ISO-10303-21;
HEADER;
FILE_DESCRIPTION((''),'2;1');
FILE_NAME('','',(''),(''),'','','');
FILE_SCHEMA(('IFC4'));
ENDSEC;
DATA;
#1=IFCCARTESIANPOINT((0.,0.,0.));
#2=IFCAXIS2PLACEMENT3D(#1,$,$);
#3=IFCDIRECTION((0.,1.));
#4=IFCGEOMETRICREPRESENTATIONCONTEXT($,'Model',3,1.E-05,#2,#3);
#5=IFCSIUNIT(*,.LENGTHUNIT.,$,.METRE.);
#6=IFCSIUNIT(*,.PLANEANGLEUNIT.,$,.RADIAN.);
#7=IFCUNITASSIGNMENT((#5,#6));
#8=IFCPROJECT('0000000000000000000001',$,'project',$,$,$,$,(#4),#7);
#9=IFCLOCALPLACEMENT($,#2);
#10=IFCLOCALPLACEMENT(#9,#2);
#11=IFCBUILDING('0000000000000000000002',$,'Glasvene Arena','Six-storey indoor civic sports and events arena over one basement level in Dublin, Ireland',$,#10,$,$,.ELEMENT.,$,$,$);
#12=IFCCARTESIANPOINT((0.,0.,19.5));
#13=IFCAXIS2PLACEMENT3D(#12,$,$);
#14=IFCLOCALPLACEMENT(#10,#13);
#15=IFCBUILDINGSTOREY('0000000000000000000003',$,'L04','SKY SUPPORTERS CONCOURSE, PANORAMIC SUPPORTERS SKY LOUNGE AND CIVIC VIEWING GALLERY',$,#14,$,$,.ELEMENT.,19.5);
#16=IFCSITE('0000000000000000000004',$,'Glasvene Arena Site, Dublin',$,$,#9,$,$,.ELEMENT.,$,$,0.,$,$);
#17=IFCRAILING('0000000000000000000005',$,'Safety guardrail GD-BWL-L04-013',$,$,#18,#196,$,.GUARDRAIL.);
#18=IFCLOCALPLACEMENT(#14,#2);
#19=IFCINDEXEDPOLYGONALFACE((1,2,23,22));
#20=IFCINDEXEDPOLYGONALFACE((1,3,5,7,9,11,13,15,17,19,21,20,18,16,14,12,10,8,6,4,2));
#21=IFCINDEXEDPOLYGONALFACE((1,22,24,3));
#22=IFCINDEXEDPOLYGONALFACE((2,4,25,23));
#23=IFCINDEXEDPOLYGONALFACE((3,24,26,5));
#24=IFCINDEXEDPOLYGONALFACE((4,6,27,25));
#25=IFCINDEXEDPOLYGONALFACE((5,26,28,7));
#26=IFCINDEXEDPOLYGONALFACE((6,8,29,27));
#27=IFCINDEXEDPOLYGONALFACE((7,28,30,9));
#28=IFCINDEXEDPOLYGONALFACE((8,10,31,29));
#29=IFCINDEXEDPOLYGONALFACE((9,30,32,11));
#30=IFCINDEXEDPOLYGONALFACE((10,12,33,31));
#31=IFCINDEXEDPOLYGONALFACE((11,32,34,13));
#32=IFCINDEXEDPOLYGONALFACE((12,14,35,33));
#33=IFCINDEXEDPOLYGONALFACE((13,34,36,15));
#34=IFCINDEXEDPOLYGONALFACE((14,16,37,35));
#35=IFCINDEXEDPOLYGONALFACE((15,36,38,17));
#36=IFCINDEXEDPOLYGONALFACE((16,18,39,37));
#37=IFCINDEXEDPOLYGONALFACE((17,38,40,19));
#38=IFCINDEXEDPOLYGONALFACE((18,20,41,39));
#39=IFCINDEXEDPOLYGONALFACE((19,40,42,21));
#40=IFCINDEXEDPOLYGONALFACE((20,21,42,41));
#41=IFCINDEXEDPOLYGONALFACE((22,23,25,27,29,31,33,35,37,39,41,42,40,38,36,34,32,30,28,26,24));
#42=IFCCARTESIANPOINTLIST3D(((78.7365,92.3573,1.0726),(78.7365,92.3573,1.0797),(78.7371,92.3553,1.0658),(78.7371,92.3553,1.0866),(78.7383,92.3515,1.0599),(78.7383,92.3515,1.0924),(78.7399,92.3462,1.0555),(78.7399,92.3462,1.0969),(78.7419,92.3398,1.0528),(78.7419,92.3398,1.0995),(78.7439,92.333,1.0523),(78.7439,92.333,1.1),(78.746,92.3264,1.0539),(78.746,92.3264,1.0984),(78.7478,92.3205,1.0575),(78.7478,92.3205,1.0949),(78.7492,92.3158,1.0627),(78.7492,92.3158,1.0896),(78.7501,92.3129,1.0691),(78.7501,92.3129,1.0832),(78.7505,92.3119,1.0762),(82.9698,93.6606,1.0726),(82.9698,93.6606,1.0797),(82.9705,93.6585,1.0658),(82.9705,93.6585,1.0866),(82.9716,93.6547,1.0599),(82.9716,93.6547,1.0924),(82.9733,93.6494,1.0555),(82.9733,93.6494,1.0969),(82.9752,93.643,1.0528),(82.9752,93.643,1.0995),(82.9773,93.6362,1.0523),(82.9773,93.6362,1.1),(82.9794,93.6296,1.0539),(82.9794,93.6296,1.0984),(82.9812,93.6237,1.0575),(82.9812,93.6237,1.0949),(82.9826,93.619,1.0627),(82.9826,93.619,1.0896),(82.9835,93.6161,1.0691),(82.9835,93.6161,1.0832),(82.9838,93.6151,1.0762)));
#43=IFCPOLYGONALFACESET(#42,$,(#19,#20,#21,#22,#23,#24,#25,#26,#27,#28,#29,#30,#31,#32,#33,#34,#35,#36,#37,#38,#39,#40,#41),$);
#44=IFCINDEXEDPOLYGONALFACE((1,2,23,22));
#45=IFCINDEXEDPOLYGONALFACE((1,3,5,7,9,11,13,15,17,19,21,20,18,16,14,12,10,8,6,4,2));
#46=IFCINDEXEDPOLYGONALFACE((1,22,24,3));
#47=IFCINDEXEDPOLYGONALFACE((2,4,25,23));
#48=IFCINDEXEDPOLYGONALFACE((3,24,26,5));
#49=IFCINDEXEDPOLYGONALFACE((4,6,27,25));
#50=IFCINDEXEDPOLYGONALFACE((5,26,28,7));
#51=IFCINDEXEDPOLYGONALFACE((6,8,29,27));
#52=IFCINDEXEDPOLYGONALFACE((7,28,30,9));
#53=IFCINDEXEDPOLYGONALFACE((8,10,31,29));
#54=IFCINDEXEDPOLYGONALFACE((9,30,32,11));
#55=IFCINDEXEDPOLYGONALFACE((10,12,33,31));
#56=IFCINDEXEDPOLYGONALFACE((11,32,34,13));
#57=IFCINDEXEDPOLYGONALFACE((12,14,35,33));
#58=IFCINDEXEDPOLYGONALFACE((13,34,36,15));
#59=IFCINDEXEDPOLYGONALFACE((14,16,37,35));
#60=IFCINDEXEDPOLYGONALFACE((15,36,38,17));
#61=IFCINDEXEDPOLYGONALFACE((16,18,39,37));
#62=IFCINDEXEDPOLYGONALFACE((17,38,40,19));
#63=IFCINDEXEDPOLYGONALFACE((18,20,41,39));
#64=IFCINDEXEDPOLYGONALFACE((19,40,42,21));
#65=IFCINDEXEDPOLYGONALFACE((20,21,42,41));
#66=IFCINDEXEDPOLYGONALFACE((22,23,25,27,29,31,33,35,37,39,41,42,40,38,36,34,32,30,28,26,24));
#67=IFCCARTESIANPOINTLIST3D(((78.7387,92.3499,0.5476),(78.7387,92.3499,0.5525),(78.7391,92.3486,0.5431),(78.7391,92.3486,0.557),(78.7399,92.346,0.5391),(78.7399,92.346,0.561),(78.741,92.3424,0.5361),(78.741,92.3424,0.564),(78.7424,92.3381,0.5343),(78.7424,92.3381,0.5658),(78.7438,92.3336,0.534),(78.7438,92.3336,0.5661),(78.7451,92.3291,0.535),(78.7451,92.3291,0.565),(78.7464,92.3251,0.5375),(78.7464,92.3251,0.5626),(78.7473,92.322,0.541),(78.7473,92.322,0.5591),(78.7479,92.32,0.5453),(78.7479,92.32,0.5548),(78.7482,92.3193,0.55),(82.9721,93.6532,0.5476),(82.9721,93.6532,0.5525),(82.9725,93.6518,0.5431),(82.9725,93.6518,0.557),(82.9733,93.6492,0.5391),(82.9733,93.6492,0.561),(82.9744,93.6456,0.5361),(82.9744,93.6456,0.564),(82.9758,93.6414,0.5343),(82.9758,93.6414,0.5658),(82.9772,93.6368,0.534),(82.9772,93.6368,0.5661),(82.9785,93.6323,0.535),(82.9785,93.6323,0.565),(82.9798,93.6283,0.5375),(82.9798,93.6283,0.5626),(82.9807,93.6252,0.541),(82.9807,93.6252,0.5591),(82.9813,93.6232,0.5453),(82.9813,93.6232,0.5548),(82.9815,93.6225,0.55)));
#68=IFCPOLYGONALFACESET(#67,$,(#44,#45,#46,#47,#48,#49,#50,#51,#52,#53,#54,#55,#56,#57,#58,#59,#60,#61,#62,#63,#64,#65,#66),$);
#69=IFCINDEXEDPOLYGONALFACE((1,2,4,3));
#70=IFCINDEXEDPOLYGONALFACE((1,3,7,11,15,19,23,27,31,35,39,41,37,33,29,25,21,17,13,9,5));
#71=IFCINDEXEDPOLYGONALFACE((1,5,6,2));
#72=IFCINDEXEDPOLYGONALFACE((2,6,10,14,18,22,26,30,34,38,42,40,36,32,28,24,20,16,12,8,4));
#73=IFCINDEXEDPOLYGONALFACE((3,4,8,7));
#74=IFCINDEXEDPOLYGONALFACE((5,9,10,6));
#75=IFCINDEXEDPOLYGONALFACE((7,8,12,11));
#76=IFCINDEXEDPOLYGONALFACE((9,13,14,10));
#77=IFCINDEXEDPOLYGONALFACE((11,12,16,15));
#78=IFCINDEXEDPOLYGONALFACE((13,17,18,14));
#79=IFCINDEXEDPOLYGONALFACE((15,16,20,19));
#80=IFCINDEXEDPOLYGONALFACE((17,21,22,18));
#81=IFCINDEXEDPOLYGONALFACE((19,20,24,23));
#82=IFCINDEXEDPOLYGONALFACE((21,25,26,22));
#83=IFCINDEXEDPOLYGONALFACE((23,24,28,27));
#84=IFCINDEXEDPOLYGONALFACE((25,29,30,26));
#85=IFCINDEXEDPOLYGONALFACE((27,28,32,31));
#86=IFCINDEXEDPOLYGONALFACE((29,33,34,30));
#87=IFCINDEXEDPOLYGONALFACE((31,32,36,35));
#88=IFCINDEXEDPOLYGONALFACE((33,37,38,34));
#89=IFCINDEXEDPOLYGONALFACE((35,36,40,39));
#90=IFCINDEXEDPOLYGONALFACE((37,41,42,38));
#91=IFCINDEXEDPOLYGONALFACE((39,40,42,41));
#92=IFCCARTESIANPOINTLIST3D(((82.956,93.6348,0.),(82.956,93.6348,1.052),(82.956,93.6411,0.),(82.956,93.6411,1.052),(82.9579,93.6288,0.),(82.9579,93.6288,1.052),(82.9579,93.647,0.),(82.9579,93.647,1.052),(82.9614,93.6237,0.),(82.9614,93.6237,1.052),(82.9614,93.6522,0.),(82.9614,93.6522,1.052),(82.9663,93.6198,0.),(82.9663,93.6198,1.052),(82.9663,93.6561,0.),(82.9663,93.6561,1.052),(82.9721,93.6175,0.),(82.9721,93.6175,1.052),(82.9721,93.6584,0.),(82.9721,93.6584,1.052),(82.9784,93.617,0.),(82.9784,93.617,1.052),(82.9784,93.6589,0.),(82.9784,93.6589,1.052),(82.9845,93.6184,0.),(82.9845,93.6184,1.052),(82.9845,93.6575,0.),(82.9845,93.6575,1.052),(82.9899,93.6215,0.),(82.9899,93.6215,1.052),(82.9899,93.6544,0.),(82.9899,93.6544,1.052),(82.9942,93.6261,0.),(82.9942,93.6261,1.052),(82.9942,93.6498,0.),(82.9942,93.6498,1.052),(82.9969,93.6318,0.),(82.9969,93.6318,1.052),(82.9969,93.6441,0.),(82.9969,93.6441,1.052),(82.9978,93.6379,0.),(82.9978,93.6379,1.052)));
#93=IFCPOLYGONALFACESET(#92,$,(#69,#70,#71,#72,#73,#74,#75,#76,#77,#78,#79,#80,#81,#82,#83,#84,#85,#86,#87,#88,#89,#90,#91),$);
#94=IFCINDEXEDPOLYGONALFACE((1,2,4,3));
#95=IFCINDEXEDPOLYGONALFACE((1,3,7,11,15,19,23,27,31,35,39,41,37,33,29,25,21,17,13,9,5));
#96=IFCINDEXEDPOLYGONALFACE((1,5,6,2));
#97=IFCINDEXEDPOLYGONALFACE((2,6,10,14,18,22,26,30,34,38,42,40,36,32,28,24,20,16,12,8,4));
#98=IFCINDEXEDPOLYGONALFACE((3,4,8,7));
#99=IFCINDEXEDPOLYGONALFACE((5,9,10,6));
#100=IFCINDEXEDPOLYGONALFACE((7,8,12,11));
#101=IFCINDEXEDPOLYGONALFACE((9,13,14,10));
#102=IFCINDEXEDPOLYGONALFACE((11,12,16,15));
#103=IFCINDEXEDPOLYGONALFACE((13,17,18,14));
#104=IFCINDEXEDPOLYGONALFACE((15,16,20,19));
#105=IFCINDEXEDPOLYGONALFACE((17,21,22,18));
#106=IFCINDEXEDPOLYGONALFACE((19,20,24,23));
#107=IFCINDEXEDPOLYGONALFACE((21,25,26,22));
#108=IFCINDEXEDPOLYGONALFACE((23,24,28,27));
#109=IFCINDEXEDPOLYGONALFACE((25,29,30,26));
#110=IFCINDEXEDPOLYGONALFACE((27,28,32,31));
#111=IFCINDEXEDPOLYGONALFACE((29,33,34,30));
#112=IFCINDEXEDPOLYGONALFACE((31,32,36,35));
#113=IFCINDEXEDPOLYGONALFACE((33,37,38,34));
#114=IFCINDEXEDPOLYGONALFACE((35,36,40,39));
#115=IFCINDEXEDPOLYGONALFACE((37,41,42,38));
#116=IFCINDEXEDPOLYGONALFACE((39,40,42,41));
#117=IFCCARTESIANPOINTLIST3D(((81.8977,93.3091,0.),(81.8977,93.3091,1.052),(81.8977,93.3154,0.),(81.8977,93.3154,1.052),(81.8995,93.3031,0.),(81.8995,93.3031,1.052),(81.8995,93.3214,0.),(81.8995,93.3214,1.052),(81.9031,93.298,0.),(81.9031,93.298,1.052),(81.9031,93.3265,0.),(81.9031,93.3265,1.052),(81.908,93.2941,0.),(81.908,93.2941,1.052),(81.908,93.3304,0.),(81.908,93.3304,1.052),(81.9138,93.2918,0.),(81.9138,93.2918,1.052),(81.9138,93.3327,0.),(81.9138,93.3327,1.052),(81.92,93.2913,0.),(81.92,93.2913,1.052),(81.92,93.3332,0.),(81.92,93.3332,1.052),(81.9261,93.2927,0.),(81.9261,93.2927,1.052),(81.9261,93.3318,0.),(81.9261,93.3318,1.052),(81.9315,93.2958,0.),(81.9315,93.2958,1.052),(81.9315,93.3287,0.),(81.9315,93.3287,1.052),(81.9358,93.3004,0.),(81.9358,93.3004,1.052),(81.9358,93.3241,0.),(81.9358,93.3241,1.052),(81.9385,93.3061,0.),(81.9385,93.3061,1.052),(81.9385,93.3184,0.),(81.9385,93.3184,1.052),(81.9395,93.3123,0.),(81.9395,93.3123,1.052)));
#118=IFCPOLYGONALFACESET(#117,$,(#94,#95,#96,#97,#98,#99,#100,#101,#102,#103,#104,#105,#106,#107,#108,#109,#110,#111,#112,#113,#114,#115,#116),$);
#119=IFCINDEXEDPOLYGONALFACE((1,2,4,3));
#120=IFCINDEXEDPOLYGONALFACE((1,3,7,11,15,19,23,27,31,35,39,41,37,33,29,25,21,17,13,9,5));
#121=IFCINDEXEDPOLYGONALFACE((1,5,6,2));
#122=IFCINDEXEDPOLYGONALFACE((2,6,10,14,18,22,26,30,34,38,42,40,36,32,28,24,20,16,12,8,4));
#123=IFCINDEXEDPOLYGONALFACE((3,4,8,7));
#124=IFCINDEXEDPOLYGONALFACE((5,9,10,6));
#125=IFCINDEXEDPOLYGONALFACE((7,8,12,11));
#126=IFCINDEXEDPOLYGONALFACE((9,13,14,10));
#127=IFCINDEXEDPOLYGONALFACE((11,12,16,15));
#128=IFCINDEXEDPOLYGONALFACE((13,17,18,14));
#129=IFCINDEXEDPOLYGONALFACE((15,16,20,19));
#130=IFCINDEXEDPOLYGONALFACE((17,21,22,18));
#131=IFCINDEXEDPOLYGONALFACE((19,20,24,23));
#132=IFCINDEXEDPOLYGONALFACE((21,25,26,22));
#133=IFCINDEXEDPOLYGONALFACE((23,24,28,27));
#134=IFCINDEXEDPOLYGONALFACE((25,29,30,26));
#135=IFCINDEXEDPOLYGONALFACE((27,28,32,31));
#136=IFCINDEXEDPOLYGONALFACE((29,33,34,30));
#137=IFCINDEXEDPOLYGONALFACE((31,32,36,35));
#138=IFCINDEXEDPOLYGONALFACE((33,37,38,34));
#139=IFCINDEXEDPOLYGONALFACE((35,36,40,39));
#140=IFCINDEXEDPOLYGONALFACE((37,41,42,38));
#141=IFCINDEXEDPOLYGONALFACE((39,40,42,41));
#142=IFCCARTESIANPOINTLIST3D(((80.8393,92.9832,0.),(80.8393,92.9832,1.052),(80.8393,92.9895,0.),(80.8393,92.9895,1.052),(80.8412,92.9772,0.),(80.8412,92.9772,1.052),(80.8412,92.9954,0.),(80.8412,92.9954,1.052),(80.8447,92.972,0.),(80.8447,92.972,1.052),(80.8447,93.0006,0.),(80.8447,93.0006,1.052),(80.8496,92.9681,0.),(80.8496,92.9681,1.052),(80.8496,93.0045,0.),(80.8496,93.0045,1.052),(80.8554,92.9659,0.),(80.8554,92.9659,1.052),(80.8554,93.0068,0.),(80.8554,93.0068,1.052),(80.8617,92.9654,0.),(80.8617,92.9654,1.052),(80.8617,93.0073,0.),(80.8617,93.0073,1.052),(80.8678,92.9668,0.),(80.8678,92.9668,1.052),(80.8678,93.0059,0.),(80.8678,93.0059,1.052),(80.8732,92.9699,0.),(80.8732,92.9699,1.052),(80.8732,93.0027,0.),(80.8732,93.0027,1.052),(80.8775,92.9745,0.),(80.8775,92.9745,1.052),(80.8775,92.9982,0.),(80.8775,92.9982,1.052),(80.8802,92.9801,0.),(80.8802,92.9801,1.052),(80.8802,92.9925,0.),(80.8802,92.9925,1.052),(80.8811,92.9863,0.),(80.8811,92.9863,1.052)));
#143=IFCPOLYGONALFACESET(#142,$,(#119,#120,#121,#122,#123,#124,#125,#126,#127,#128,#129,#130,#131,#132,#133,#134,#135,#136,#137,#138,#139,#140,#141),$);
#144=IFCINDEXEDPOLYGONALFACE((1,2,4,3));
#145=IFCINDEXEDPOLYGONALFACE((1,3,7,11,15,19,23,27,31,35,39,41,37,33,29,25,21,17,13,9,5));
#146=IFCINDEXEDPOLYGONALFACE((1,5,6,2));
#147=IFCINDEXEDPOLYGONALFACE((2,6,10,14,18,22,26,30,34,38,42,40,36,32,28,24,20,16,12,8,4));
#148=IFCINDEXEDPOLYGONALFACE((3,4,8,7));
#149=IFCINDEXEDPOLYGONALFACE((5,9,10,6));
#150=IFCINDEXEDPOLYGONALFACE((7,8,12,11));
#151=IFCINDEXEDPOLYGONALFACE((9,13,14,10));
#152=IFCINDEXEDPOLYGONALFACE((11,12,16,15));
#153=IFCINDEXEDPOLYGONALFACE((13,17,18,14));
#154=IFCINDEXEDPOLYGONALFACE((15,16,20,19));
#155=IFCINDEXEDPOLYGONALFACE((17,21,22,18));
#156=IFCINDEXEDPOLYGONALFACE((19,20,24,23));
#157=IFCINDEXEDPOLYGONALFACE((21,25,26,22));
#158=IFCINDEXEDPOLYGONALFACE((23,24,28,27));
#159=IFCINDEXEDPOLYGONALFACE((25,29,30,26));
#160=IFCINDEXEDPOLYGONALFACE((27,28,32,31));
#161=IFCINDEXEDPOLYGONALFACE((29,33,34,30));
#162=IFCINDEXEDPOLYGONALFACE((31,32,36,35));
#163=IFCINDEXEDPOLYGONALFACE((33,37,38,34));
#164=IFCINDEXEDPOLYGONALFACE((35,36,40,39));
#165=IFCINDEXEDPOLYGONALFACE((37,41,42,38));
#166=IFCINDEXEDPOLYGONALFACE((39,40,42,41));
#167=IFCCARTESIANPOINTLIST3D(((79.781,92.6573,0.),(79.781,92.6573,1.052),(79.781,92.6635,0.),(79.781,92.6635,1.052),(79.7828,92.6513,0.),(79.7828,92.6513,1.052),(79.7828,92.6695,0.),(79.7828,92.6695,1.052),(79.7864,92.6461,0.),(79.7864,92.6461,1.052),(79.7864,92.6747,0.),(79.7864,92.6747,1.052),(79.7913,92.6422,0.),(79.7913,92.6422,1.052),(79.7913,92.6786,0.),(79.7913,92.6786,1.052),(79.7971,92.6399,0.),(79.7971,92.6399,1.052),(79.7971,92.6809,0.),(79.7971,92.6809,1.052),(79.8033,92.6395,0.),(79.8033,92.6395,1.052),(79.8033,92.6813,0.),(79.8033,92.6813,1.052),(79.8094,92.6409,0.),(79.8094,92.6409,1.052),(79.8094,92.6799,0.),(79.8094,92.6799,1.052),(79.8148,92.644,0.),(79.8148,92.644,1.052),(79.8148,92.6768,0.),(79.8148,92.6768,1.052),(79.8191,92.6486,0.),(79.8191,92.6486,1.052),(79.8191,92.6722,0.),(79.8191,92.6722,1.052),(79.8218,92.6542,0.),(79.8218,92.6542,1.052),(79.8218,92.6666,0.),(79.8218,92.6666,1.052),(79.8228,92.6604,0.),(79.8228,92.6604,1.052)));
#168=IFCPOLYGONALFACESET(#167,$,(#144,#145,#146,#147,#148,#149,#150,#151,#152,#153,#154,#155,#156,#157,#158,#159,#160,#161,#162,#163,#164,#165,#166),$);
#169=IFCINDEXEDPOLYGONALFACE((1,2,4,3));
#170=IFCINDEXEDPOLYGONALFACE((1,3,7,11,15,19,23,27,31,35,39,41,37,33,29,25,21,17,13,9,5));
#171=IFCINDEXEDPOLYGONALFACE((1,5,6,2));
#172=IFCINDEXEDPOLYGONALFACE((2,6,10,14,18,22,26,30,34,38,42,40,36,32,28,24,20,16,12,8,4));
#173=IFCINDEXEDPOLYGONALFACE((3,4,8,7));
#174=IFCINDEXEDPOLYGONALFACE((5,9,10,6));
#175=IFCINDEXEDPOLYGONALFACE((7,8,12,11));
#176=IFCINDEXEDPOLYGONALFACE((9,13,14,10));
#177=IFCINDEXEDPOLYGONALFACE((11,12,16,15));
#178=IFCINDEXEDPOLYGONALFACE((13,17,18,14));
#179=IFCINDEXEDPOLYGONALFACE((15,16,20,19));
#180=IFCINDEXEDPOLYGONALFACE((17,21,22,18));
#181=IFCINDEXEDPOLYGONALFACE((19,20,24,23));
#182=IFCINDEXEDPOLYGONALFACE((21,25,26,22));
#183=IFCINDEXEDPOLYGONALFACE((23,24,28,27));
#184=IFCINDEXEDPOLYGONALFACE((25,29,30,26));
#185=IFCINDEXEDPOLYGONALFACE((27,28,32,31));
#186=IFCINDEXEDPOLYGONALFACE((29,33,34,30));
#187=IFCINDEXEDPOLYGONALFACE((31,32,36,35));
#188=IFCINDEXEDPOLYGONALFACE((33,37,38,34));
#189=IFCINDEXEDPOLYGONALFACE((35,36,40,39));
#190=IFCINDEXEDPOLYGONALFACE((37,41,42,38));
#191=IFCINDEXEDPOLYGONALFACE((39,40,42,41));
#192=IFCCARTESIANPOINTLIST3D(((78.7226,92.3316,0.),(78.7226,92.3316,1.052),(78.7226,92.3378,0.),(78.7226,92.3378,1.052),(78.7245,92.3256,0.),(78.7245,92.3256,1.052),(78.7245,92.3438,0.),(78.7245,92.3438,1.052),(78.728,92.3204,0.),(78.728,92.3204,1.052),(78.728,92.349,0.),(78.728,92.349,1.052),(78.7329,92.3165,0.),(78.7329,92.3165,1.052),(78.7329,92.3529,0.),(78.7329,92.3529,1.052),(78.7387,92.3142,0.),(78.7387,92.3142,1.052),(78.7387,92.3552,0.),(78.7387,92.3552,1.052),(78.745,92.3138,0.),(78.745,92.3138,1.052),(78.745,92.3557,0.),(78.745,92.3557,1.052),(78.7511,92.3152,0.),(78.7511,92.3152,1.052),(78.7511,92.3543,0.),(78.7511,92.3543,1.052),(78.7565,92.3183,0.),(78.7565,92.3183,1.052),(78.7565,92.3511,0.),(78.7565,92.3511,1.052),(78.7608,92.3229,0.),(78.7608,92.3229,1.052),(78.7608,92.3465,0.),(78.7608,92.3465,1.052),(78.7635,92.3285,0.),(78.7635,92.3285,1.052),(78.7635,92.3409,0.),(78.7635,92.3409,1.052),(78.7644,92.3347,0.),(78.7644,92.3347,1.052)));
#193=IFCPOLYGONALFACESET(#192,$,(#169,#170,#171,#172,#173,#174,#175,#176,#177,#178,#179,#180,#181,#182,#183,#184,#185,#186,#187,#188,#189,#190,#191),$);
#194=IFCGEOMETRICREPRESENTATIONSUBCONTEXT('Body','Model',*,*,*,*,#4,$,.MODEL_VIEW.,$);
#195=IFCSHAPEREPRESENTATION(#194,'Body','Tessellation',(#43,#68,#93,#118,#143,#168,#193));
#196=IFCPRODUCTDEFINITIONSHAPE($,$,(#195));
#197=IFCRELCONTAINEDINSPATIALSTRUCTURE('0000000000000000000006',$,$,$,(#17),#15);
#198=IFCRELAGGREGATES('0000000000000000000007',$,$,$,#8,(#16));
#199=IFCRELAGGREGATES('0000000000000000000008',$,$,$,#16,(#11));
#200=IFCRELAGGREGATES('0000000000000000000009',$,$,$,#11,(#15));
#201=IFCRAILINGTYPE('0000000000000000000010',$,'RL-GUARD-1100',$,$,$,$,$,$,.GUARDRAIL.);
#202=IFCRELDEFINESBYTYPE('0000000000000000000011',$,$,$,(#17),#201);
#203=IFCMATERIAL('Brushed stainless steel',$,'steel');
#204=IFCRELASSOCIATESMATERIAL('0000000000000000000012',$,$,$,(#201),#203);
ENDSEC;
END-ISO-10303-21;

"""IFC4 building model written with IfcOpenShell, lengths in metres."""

from ifc_helpers import new_model, si_unit, direction, frame, origin, origin_2d, place, context, subcontext, project, spatial, circle, extrude, material, type_object, element, save


model = new_model("IFC4")

# Units and contexts
model_context = context("Model", 3, precision=1e-05, world=origin(), true_north=direction((0.0, 1.0)))
body_context = subcontext(model_context, "Body", "Model", "MODEL_VIEW")
ifc_project = project(units=[si_unit("LENGTHUNIT", "METRE"), si_unit("PLANEANGLEUNIT", "RADIAN")], contexts=[model_context])

# Site, building, storey
site_placement = place(None, origin())
site = spatial("IfcSite", under=ifc_project, at=site_placement, Name="Glasvene Arena Site, Dublin", CompositionType="ELEMENT", RefElevation=0.0)
building_placement = place(site_placement, origin())
building = spatial("IfcBuilding", under=site, at=building_placement, Name="Glasvene Arena", Description="Six-storey indoor civic sports and events arena over one basement level in Dublin, Ireland", CompositionType="ELEMENT")
storey_placement = place(building_placement, frame((0.0, 0.0, 19.5)))
storey = spatial("IfcBuildingStorey", under=building, at=storey_placement, Name="L04", Description="SKY SUPPORTERS CONCOURSE, PANORAMIC SUPPORTERS SKY LOUNGE AND CIVIC VIEWING GALLERY", CompositionType="ELEMENT", Elevation=19.5)

# Railing
ifc_material = material(Name="Brushed stainless steel", Category="steel")
railing_type = type_object("IfcRailingType", Name="RL-GUARD-1100", PredefinedType="GUARDRAIL", material=ifc_material)
railing_1_placement = place(storey_placement, frame((82.9768, 93.6379, 0.0)))
element("IfcRailing", 1, at=railing_1_placement, inside=storey, type_object=railing_type, Name="Safety guardrail GD-BWL-L04-013", PredefinedType="GUARDRAIL", context=body_context, shape_type="SweptSolid", body=[
    extrude(circle(Radius=0.0239, at=origin_2d()), frame((0.0, 0.0, 1.0762), z_axis=(-0.955738, -0.294218, 0.0), x_axis=(0.294218, -0.955738, 0.0)), (0.0, 0.0, 1.0), 4.4294),
    extrude(circle(Radius=0.0161, at=origin_2d()), frame((0.0, 0.0, 0.55), z_axis=(-0.955738, -0.294218, 0.0), x_axis=(0.294218, -0.955738, 0.0)), (0.0, 0.0, 1.0), 4.4294),
    extrude(circle(Radius=0.021, at=origin_2d()), origin(), (0.0, 0.0, 1.0), 1.052),
    extrude(circle(Radius=0.021, at=origin_2d()), frame((-1.0583, -0.3257, 0.0)), (0.0, 0.0, 1.0), 1.052),
    extrude(circle(Radius=0.021, at=origin_2d()), frame((-2.1167, -0.6516, 0.0)), (0.0, 0.0, 1.0), 1.052),
    extrude(circle(Radius=0.021, at=origin_2d()), frame((-3.175, -0.9775, 0.0)), (0.0, 0.0, 1.0), 1.052),
    extrude(circle(Radius=0.021, at=origin_2d()), frame((-4.2334, -1.3032, 0.0)), (0.0, 0.0, 1.0), 1.052),
])

save(model, "model.ifc")
